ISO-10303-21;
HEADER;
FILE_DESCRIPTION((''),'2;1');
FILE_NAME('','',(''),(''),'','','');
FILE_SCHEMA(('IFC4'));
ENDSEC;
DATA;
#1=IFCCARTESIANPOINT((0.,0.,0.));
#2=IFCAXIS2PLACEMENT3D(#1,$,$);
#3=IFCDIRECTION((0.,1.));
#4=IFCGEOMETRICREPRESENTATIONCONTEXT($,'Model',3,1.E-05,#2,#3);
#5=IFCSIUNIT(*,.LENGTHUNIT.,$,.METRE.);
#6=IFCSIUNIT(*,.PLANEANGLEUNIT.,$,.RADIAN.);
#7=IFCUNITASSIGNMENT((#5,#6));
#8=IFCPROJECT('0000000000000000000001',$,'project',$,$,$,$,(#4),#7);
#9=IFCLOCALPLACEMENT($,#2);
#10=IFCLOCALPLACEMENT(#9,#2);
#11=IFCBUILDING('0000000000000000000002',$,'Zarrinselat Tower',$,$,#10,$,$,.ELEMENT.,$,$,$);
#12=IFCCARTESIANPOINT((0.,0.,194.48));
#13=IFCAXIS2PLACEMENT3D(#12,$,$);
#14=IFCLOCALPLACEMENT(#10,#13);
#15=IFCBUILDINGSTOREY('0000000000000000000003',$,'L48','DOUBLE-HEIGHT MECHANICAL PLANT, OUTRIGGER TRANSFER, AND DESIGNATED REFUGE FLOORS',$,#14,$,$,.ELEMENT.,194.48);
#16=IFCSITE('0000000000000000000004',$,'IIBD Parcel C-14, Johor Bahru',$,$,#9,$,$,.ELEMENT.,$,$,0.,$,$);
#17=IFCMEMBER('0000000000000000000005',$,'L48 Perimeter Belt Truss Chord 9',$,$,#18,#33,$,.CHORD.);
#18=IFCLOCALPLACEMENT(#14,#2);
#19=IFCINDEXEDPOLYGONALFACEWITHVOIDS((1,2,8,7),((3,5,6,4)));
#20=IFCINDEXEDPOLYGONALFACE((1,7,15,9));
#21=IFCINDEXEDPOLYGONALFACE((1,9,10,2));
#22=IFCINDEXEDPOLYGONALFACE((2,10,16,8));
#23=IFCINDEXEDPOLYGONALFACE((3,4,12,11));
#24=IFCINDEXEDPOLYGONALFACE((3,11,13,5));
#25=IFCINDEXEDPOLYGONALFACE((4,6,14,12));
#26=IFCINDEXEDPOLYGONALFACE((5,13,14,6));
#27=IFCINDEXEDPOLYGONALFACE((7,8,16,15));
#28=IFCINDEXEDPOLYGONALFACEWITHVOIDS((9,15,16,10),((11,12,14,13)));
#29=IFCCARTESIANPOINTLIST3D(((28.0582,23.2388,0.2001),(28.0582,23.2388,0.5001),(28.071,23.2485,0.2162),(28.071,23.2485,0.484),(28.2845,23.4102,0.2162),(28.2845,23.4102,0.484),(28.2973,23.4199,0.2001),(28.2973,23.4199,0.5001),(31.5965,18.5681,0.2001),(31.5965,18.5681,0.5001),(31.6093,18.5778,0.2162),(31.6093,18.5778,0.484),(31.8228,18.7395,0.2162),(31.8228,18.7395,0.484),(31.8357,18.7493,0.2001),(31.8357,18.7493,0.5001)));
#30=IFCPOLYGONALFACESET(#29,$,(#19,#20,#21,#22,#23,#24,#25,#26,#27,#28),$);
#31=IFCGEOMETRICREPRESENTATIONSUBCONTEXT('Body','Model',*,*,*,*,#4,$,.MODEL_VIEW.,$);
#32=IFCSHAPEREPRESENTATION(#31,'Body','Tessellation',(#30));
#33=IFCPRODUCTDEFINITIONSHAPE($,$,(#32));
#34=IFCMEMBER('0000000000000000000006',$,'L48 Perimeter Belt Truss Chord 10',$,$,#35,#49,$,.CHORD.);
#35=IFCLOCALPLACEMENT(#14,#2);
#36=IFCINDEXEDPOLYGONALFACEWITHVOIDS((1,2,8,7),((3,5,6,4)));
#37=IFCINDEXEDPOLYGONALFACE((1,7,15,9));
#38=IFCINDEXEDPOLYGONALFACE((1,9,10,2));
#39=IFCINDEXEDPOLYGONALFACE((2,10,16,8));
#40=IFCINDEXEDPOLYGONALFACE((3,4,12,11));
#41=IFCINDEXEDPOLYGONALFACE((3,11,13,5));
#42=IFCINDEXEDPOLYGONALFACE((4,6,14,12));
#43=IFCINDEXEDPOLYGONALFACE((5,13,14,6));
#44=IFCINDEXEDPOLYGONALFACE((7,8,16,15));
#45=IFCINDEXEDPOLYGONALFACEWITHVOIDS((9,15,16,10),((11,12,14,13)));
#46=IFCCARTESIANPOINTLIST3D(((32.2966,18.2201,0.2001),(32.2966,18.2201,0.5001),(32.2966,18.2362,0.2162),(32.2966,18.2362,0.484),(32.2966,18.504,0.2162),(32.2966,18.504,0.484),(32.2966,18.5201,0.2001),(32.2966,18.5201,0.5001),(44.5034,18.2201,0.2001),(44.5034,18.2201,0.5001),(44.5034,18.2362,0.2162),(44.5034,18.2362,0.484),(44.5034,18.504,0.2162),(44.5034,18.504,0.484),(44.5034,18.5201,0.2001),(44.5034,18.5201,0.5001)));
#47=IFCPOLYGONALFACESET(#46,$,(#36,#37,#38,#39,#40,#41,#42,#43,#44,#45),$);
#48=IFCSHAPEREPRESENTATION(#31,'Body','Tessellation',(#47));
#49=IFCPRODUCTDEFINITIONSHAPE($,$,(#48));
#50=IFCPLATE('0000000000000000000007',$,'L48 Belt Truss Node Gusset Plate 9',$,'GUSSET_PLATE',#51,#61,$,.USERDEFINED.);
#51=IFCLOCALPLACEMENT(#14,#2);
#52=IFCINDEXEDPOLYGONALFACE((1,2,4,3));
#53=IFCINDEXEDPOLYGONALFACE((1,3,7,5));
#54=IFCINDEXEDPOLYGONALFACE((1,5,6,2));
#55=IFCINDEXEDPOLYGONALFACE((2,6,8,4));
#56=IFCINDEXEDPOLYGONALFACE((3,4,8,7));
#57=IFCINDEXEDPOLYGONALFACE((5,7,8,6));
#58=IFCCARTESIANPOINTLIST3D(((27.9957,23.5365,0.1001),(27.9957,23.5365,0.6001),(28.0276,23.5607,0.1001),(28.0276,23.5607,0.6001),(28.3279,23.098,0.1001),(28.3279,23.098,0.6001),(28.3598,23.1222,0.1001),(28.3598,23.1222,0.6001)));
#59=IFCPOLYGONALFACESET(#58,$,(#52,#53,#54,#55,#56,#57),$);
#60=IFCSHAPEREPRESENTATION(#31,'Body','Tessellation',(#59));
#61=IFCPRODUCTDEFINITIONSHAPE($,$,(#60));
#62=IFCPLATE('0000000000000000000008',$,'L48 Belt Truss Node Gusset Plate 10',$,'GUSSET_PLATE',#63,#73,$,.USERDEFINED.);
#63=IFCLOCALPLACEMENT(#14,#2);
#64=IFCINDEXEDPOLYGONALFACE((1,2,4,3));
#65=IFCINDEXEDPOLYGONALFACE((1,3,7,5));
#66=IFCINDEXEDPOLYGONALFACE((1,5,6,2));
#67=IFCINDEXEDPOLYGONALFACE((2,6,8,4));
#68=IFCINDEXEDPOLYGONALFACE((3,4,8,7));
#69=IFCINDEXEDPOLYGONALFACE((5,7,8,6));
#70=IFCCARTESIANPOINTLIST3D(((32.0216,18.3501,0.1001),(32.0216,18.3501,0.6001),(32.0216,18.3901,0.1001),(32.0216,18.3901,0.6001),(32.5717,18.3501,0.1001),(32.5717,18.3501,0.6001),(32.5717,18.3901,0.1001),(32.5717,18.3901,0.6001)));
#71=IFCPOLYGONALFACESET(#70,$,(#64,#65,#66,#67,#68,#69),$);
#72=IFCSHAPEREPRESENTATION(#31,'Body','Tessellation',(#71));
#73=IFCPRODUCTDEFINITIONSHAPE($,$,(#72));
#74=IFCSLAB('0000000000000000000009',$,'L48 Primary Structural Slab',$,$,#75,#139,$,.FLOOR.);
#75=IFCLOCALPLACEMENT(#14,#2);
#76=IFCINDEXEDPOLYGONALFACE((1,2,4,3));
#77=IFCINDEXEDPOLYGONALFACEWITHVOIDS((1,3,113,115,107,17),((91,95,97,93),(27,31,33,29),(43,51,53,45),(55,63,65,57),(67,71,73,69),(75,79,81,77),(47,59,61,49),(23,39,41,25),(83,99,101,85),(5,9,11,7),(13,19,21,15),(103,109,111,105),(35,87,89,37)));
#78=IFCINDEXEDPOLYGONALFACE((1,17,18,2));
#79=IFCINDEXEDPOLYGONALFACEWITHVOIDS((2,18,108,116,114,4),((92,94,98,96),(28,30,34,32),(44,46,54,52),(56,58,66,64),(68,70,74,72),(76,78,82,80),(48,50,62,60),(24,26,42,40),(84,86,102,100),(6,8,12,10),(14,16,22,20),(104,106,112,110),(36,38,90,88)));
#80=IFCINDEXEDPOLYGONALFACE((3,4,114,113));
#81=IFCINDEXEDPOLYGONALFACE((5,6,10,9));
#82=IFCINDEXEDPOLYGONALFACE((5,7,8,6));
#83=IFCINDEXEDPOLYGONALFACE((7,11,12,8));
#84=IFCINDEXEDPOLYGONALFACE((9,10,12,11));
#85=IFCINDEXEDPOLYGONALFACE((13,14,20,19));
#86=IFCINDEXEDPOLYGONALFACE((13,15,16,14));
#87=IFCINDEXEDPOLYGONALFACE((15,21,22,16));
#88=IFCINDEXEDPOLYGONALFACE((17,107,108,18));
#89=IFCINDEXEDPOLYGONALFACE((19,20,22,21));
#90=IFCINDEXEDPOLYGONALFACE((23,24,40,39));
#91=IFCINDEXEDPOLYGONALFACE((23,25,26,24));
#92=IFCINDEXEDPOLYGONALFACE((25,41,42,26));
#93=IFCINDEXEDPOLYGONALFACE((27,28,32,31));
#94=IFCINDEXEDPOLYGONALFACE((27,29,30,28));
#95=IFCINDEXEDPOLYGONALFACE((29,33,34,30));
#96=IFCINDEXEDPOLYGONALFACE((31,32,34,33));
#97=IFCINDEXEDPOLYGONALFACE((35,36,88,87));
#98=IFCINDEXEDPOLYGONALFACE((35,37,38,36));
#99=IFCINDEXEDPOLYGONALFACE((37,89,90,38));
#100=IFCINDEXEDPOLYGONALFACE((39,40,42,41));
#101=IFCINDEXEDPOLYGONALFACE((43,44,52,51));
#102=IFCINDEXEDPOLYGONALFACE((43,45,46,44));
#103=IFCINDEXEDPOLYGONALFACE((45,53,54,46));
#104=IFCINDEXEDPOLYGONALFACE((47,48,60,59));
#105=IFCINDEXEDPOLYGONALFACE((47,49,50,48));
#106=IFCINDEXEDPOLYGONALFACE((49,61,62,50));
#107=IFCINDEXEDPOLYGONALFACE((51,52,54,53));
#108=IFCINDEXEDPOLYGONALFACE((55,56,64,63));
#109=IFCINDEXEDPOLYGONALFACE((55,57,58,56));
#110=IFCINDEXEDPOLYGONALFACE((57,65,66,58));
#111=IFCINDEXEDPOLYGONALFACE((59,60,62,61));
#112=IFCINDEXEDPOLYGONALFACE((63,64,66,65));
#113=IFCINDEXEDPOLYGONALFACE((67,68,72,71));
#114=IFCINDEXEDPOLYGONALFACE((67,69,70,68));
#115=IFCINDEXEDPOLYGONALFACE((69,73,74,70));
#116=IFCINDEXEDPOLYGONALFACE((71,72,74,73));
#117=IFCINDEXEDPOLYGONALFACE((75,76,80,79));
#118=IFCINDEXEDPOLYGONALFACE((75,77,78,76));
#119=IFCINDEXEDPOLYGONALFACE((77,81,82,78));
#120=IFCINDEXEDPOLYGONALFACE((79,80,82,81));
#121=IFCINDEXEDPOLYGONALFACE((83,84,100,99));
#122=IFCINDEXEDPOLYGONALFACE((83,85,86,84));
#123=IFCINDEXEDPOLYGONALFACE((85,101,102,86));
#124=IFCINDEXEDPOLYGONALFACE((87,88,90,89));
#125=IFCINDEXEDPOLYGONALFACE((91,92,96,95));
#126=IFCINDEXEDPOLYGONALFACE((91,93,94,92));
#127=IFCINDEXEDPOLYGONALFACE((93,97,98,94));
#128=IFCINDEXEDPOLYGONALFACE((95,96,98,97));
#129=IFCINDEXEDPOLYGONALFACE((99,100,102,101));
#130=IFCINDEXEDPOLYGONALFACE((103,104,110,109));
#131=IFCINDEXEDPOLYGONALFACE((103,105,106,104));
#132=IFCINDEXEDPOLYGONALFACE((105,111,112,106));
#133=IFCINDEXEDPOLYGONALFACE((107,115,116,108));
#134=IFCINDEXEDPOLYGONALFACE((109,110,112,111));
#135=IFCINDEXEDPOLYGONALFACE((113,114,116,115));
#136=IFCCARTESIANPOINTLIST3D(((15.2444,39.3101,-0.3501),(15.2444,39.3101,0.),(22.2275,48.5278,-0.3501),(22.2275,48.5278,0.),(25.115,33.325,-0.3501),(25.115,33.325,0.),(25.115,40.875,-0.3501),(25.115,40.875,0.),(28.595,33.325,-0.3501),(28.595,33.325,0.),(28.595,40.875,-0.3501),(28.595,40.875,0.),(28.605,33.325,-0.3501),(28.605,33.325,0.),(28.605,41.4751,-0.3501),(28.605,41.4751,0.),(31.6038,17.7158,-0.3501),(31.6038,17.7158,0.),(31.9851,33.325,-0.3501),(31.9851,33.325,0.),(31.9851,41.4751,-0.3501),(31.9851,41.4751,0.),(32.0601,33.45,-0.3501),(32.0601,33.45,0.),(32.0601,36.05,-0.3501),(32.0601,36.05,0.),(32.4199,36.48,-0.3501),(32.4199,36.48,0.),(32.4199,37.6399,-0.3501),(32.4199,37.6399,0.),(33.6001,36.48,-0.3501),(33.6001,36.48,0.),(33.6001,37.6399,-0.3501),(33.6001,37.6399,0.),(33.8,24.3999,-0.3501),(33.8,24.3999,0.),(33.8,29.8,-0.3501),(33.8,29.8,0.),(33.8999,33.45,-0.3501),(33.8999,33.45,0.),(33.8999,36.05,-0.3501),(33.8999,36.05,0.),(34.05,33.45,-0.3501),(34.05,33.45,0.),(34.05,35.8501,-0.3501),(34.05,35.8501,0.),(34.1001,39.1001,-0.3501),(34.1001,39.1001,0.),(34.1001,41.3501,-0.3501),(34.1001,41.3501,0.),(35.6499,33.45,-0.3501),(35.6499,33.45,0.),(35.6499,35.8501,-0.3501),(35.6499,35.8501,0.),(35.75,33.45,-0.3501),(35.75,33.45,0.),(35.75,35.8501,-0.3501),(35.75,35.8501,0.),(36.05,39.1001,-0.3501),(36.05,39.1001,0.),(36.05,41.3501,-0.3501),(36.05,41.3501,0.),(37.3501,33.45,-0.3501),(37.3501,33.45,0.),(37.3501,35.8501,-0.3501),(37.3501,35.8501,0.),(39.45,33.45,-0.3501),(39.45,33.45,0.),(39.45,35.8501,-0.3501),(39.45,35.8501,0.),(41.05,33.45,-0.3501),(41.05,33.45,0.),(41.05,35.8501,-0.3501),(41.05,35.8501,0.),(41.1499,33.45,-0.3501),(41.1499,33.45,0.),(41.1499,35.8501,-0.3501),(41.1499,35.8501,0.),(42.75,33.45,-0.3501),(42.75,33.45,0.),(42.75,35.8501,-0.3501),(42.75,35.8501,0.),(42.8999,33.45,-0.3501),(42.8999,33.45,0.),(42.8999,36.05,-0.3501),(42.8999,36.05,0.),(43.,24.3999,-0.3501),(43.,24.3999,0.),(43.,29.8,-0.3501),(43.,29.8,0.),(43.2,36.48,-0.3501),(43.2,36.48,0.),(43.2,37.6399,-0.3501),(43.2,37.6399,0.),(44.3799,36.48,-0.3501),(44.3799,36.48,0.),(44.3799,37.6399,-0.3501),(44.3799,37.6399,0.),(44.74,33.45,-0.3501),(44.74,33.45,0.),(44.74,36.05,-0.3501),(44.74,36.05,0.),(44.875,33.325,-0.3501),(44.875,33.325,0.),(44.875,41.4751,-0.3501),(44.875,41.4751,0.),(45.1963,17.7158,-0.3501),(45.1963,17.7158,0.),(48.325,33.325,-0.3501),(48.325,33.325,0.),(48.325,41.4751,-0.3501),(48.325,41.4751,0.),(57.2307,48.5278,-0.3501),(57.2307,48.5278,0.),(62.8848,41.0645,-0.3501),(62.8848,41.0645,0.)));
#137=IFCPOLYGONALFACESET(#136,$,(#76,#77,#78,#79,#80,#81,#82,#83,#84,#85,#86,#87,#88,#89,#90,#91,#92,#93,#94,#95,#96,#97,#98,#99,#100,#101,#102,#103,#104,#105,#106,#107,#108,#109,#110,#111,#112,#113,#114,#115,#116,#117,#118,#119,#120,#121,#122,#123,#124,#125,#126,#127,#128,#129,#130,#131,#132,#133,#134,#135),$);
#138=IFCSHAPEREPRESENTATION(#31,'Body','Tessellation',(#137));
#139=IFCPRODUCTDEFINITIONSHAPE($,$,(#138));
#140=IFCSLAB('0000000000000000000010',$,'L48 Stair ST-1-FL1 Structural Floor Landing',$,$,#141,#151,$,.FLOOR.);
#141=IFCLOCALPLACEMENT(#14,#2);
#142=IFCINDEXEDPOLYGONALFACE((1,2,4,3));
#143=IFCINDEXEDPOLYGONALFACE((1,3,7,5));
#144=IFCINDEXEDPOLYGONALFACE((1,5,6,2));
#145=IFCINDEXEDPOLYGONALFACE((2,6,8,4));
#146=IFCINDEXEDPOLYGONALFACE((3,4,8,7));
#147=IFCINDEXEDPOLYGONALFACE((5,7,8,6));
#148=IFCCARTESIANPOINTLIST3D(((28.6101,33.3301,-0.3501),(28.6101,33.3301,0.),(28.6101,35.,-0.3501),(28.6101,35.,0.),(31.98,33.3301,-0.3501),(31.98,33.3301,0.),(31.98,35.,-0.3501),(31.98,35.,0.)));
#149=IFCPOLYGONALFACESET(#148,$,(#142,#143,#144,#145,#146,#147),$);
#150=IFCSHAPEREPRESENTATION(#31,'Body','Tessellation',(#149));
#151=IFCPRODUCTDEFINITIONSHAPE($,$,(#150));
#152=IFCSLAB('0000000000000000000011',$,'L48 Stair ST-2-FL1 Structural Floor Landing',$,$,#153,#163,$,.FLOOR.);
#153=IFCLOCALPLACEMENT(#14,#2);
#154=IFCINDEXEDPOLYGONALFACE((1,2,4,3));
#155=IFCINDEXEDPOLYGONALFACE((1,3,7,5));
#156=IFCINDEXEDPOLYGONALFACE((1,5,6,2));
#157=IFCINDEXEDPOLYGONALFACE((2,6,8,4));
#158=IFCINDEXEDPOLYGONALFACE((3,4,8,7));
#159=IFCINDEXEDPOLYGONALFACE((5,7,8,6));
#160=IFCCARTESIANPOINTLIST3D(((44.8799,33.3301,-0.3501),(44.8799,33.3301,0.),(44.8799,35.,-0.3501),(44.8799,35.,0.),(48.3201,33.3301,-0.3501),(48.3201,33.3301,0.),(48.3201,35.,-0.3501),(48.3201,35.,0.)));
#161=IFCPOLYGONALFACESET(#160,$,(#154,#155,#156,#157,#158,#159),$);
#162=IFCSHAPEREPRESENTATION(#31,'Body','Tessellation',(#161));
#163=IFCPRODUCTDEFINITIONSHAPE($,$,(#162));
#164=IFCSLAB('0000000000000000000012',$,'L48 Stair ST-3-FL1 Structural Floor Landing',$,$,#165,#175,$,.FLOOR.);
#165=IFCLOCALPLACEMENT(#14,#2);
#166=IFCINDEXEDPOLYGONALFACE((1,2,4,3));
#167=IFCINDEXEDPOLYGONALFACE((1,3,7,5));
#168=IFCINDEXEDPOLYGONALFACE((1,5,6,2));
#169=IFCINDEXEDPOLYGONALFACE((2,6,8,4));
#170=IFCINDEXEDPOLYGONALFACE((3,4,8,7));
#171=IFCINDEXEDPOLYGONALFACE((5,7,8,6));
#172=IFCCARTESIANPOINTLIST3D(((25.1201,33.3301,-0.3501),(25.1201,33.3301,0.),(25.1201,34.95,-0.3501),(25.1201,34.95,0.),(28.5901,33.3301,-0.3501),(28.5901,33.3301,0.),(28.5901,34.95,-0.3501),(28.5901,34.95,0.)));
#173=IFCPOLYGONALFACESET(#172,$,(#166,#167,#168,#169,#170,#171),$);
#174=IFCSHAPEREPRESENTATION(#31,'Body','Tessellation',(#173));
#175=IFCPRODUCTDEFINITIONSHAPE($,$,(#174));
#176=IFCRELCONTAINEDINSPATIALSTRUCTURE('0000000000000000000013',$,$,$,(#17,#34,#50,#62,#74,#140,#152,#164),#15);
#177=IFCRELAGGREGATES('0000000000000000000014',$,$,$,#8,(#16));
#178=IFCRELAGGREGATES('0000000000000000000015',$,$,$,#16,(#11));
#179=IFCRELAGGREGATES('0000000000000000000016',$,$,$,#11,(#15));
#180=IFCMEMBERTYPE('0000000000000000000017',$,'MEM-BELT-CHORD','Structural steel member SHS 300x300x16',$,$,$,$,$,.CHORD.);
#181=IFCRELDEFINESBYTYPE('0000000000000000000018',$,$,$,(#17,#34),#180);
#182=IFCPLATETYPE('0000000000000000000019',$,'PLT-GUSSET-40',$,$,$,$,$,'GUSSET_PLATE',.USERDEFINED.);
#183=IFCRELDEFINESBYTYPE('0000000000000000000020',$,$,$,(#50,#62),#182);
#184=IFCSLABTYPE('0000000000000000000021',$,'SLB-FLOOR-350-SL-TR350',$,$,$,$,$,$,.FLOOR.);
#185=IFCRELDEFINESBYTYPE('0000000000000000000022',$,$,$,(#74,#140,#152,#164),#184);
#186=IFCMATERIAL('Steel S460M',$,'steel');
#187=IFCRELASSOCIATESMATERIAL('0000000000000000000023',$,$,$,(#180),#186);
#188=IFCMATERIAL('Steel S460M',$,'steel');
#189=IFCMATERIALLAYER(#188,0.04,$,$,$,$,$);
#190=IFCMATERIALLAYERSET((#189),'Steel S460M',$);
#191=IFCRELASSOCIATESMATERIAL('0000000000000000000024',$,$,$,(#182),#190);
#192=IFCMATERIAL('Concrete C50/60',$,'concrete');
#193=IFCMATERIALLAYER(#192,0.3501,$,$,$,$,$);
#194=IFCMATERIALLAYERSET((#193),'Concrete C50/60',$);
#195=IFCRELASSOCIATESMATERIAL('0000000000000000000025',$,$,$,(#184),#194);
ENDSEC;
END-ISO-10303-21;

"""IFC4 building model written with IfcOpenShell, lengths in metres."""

from ifc_helpers import new_model, si_unit, direction, frame, origin, origin_2d, place, context, subcontext, project, spatial, polyline, rectangle, hollow_rectangle, outline, extrude, material, layer, layer_set, material_profile, profile_set, type_object, element, save


model = new_model("IFC4")

# Units and contexts
model_context = context("Model", 3, precision=1e-05, world=origin(), true_north=direction((0.0, 1.0)))
body_context = subcontext(model_context, "Body", "Model", "MODEL_VIEW")
ifc_project = project(units=[si_unit("LENGTHUNIT", "METRE"), si_unit("PLANEANGLEUNIT", "RADIAN")], contexts=[model_context])

# Site, building, storey
site_placement = place(None, origin())
site = spatial("IfcSite", under=ifc_project, at=site_placement, Name="IIBD Parcel C-14, Johor Bahru", CompositionType="ELEMENT", RefElevation=0.0)
building_placement = place(site_placement, origin())
building = spatial("IfcBuilding", under=site, at=building_placement, Name="Zarrinselat Tower", CompositionType="ELEMENT")
storey_placement = place(building_placement, frame((0.0, 0.0, 194.48)))
storey = spatial("IfcBuildingStorey", under=building, at=storey_placement, Name="L48", Description="DOUBLE-HEIGHT MECHANICAL PLANT, OUTRIGGER TRANSFER, AND DESIGNATED REFUGE FLOORS", CompositionType="ELEMENT", Elevation=194.48)

# Members
ifc_material_1 = material(Name="Steel S460M", Category="steel")
ifc_material_profile_1 = material_profile(ifc_material_1, hollow_rectangle(XDim=0.3, YDim=0.3, WallThickness=0.0161, at=origin_2d()), Name="SHS 300x300x16")
ifc_profile_set_1 = profile_set([ifc_material_profile_1], Name="Steel S460M")
member_type_1 = type_object("IfcMemberType", Name="MEM-BELT-CHORD", Description="Structural steel member SHS 300x300x16", PredefinedType="CHORD", material=ifc_profile_set_1)
member_1_placement = place(storey_placement, frame((28.1777, 23.3293, 0.3501), z_axis=(0.603853, -0.797096, 0.0), x_axis=(0.797096, 0.603853, 0.0)))
element("IfcMember", 1, at=member_1_placement, inside=storey, type_object=member_type_1, Name="L48 Perimeter Belt Truss Chord 9", PredefinedType="CHORD", context=body_context, shape_type="SweptSolid", body=[
    extrude(hollow_rectangle(XDim=0.3, YDim=0.3, WallThickness=0.0161, at=origin_2d()), origin(), (0.0, 0.0, 1.0), 5.8596),
])
member_2_placement = place(storey_placement, frame((32.2966, 18.3701, 0.3501), z_axis=(1.0, 0.0, 0.0), x_axis=(0.0, 1.0, 0.0)))
element("IfcMember", 2, at=member_2_placement, inside=storey, type_object=member_type_1, Name="L48 Perimeter Belt Truss Chord 10", PredefinedType="CHORD", context=body_context, shape_type="SweptSolid", body=[
    extrude(hollow_rectangle(XDim=0.3, YDim=0.3, WallThickness=0.0161, at=origin_2d()), origin(), (0.0, 0.0, 1.0), 12.2068),
])

# Plates
ifc_material_2 = material(Name="Steel S460M", Category="steel")
ifc_layer_1 = layer(ifc_material_2, 0.04)
ifc_layer_set_1 = layer_set([ifc_layer_1], Name="Steel S460M")
plate_type = type_object("IfcPlateType", Name="PLT-GUSSET-40", ElementType="GUSSET_PLATE", PredefinedType="USERDEFINED", material=ifc_layer_set_1)
for number, where, z_axis, x_axis, name in (
    (3, (28.1777, 23.3293, 0.1001), (0.0, 0.0, 1.0), (0.603854, -0.797095, 0.0), "L48 Belt Truss Node Gusset Plate 9"),
    (4, (32.2966, 18.3701, 0.1001), (0.0, 0.0, 1.0), (1.0, 0.0, 0.0), "L48 Belt Truss Node Gusset Plate 10"),
):
    element("IfcPlate", number, at=place(storey_placement, frame(where, z_axis=z_axis, x_axis=x_axis)), inside=storey, type_object=plate_type, Name=name, ObjectType="GUSSET_PLATE", PredefinedType="USERDEFINED", context=body_context, shape_type="SweptSolid", body=[
        extrude(rectangle(XDim=0.55, YDim=0.04, at=origin_2d()), origin(), (0.0, 0.0, 1.0), 0.5),
    ])

# Slabs
ifc_material_3 = material(Name="Concrete C50/60", Category="concrete")
ifc_layer_2 = layer(ifc_material_3, 0.3501)
ifc_layer_set_2 = layer_set([ifc_layer_2], Name="Concrete C50/60")
slab_type_1 = type_object("IfcSlabType", Name="SLB-FLOOR-350-SL-TR350", PredefinedType="FLOOR", material=ifc_layer_set_2)
slab_1_placement = place(storey_placement, frame((0.0, 0.0, -0.3501)))
element("IfcSlab", 5, at=slab_1_placement, inside=storey, type_object=slab_type_1, Name="L48 Primary Structural Slab", PredefinedType="FLOOR", context=body_context, shape_type="SweptSolid", body=[
    extrude(outline(polyline([(57.2307, 48.5278), (22.2275, 48.5278), (15.2444, 39.3101), (31.6038, 17.7158), (45.1963, 17.7158), (62.8848, 41.0645), (57.2307, 48.5278)]), holes=[polyline([(35.6499, 33.45), (34.05, 33.45), (34.05, 35.8501), (35.6499, 35.8501), (35.6499, 33.45)]), polyline([(35.75, 33.45), (35.75, 35.8501), (37.3501, 35.8501), (37.3501, 33.45), (35.75, 33.45)]), polyline([(32.0601, 33.45), (32.0601, 36.05), (33.8999, 36.05), (33.8999, 33.45), (32.0601, 33.45)]), polyline([(33.6001, 36.48), (32.4199, 36.48), (32.4199, 37.6399), (33.6001, 37.6399), (33.6001, 36.48)]), polyline([(28.595, 33.325), (25.115, 33.325), (25.115, 40.875), (28.595, 40.875), (28.595, 33.325)]), polyline([(31.9851, 33.325), (28.605, 33.325), (28.605, 41.4751), (31.9851, 41.4751), (31.9851, 33.325)]), polyline([(36.05, 39.1001), (34.1001, 39.1001), (34.1001, 41.3501), (36.05, 41.3501), (36.05, 39.1001)]), polyline([(33.8, 24.3999), (33.8, 29.8), (43.0, 29.8), (43.0, 24.3999), (33.8, 24.3999)]), polyline([(39.45, 33.45), (39.45, 35.8501), (41.05, 35.8501), (41.05, 33.45), (39.45, 33.45)]), polyline([(41.1499, 33.45), (41.1499, 35.8501), (42.75, 35.8501), (42.75, 33.45), (41.1499, 33.45)]), polyline([(42.8999, 33.45), (42.8999, 36.05), (44.74, 36.05), (44.74, 33.45), (42.8999, 33.45)]), polyline([(43.2, 36.48), (43.2, 37.6399), (44.3799, 37.6399), (44.3799, 36.48), (43.2, 36.48)]), polyline([(48.325, 33.325), (44.875, 33.325), (44.875, 41.4751), (48.325, 41.4751), (48.325, 33.325)])]), origin(), (0.0, 0.0, 1.0), 0.3501),
])
slab_2_placement = place(storey_placement, frame((0.0, 0.0, -0.3501)))
element("IfcSlab", 6, at=slab_2_placement, inside=storey, type_object=slab_type_1, Name="L48 Stair ST-1-FL1 Structural Floor Landing", PredefinedType="FLOOR", context=body_context, shape_type="SweptSolid", body=[
    extrude(outline(polyline([(31.98, 33.3301), (31.98, 35.0), (28.6101, 35.0), (28.6101, 33.3301), (31.98, 33.3301)])), origin(), (0.0, 0.0, 1.0), 0.3501),
])
slab_3_placement = place(storey_placement, frame((0.0, 0.0, -0.3501)))
element("IfcSlab", 7, at=slab_3_placement, inside=storey, type_object=slab_type_1, Name="L48 Stair ST-2-FL1 Structural Floor Landing", PredefinedType="FLOOR", context=body_context, shape_type="SweptSolid", body=[
    extrude(outline(polyline([(48.3201, 33.3301), (48.3201, 35.0), (44.8799, 35.0), (44.8799, 33.3301), (48.3201, 33.3301)])), origin(), (0.0, 0.0, 1.0), 0.3501),
])
slab_4_placement = place(storey_placement, frame((0.0, 0.0, -0.3501)))
element("IfcSlab", 8, at=slab_4_placement, inside=storey, type_object=slab_type_1, Name="L48 Stair ST-3-FL1 Structural Floor Landing", PredefinedType="FLOOR", context=body_context, shape_type="SweptSolid", body=[
    extrude(outline(polyline([(28.5901, 33.3301), (28.5901, 34.95), (25.1201, 34.95), (25.1201, 33.3301), (28.5901, 33.3301)])), origin(), (0.0, 0.0, 1.0), 0.3501),
])

save(model, "model.ifc")
